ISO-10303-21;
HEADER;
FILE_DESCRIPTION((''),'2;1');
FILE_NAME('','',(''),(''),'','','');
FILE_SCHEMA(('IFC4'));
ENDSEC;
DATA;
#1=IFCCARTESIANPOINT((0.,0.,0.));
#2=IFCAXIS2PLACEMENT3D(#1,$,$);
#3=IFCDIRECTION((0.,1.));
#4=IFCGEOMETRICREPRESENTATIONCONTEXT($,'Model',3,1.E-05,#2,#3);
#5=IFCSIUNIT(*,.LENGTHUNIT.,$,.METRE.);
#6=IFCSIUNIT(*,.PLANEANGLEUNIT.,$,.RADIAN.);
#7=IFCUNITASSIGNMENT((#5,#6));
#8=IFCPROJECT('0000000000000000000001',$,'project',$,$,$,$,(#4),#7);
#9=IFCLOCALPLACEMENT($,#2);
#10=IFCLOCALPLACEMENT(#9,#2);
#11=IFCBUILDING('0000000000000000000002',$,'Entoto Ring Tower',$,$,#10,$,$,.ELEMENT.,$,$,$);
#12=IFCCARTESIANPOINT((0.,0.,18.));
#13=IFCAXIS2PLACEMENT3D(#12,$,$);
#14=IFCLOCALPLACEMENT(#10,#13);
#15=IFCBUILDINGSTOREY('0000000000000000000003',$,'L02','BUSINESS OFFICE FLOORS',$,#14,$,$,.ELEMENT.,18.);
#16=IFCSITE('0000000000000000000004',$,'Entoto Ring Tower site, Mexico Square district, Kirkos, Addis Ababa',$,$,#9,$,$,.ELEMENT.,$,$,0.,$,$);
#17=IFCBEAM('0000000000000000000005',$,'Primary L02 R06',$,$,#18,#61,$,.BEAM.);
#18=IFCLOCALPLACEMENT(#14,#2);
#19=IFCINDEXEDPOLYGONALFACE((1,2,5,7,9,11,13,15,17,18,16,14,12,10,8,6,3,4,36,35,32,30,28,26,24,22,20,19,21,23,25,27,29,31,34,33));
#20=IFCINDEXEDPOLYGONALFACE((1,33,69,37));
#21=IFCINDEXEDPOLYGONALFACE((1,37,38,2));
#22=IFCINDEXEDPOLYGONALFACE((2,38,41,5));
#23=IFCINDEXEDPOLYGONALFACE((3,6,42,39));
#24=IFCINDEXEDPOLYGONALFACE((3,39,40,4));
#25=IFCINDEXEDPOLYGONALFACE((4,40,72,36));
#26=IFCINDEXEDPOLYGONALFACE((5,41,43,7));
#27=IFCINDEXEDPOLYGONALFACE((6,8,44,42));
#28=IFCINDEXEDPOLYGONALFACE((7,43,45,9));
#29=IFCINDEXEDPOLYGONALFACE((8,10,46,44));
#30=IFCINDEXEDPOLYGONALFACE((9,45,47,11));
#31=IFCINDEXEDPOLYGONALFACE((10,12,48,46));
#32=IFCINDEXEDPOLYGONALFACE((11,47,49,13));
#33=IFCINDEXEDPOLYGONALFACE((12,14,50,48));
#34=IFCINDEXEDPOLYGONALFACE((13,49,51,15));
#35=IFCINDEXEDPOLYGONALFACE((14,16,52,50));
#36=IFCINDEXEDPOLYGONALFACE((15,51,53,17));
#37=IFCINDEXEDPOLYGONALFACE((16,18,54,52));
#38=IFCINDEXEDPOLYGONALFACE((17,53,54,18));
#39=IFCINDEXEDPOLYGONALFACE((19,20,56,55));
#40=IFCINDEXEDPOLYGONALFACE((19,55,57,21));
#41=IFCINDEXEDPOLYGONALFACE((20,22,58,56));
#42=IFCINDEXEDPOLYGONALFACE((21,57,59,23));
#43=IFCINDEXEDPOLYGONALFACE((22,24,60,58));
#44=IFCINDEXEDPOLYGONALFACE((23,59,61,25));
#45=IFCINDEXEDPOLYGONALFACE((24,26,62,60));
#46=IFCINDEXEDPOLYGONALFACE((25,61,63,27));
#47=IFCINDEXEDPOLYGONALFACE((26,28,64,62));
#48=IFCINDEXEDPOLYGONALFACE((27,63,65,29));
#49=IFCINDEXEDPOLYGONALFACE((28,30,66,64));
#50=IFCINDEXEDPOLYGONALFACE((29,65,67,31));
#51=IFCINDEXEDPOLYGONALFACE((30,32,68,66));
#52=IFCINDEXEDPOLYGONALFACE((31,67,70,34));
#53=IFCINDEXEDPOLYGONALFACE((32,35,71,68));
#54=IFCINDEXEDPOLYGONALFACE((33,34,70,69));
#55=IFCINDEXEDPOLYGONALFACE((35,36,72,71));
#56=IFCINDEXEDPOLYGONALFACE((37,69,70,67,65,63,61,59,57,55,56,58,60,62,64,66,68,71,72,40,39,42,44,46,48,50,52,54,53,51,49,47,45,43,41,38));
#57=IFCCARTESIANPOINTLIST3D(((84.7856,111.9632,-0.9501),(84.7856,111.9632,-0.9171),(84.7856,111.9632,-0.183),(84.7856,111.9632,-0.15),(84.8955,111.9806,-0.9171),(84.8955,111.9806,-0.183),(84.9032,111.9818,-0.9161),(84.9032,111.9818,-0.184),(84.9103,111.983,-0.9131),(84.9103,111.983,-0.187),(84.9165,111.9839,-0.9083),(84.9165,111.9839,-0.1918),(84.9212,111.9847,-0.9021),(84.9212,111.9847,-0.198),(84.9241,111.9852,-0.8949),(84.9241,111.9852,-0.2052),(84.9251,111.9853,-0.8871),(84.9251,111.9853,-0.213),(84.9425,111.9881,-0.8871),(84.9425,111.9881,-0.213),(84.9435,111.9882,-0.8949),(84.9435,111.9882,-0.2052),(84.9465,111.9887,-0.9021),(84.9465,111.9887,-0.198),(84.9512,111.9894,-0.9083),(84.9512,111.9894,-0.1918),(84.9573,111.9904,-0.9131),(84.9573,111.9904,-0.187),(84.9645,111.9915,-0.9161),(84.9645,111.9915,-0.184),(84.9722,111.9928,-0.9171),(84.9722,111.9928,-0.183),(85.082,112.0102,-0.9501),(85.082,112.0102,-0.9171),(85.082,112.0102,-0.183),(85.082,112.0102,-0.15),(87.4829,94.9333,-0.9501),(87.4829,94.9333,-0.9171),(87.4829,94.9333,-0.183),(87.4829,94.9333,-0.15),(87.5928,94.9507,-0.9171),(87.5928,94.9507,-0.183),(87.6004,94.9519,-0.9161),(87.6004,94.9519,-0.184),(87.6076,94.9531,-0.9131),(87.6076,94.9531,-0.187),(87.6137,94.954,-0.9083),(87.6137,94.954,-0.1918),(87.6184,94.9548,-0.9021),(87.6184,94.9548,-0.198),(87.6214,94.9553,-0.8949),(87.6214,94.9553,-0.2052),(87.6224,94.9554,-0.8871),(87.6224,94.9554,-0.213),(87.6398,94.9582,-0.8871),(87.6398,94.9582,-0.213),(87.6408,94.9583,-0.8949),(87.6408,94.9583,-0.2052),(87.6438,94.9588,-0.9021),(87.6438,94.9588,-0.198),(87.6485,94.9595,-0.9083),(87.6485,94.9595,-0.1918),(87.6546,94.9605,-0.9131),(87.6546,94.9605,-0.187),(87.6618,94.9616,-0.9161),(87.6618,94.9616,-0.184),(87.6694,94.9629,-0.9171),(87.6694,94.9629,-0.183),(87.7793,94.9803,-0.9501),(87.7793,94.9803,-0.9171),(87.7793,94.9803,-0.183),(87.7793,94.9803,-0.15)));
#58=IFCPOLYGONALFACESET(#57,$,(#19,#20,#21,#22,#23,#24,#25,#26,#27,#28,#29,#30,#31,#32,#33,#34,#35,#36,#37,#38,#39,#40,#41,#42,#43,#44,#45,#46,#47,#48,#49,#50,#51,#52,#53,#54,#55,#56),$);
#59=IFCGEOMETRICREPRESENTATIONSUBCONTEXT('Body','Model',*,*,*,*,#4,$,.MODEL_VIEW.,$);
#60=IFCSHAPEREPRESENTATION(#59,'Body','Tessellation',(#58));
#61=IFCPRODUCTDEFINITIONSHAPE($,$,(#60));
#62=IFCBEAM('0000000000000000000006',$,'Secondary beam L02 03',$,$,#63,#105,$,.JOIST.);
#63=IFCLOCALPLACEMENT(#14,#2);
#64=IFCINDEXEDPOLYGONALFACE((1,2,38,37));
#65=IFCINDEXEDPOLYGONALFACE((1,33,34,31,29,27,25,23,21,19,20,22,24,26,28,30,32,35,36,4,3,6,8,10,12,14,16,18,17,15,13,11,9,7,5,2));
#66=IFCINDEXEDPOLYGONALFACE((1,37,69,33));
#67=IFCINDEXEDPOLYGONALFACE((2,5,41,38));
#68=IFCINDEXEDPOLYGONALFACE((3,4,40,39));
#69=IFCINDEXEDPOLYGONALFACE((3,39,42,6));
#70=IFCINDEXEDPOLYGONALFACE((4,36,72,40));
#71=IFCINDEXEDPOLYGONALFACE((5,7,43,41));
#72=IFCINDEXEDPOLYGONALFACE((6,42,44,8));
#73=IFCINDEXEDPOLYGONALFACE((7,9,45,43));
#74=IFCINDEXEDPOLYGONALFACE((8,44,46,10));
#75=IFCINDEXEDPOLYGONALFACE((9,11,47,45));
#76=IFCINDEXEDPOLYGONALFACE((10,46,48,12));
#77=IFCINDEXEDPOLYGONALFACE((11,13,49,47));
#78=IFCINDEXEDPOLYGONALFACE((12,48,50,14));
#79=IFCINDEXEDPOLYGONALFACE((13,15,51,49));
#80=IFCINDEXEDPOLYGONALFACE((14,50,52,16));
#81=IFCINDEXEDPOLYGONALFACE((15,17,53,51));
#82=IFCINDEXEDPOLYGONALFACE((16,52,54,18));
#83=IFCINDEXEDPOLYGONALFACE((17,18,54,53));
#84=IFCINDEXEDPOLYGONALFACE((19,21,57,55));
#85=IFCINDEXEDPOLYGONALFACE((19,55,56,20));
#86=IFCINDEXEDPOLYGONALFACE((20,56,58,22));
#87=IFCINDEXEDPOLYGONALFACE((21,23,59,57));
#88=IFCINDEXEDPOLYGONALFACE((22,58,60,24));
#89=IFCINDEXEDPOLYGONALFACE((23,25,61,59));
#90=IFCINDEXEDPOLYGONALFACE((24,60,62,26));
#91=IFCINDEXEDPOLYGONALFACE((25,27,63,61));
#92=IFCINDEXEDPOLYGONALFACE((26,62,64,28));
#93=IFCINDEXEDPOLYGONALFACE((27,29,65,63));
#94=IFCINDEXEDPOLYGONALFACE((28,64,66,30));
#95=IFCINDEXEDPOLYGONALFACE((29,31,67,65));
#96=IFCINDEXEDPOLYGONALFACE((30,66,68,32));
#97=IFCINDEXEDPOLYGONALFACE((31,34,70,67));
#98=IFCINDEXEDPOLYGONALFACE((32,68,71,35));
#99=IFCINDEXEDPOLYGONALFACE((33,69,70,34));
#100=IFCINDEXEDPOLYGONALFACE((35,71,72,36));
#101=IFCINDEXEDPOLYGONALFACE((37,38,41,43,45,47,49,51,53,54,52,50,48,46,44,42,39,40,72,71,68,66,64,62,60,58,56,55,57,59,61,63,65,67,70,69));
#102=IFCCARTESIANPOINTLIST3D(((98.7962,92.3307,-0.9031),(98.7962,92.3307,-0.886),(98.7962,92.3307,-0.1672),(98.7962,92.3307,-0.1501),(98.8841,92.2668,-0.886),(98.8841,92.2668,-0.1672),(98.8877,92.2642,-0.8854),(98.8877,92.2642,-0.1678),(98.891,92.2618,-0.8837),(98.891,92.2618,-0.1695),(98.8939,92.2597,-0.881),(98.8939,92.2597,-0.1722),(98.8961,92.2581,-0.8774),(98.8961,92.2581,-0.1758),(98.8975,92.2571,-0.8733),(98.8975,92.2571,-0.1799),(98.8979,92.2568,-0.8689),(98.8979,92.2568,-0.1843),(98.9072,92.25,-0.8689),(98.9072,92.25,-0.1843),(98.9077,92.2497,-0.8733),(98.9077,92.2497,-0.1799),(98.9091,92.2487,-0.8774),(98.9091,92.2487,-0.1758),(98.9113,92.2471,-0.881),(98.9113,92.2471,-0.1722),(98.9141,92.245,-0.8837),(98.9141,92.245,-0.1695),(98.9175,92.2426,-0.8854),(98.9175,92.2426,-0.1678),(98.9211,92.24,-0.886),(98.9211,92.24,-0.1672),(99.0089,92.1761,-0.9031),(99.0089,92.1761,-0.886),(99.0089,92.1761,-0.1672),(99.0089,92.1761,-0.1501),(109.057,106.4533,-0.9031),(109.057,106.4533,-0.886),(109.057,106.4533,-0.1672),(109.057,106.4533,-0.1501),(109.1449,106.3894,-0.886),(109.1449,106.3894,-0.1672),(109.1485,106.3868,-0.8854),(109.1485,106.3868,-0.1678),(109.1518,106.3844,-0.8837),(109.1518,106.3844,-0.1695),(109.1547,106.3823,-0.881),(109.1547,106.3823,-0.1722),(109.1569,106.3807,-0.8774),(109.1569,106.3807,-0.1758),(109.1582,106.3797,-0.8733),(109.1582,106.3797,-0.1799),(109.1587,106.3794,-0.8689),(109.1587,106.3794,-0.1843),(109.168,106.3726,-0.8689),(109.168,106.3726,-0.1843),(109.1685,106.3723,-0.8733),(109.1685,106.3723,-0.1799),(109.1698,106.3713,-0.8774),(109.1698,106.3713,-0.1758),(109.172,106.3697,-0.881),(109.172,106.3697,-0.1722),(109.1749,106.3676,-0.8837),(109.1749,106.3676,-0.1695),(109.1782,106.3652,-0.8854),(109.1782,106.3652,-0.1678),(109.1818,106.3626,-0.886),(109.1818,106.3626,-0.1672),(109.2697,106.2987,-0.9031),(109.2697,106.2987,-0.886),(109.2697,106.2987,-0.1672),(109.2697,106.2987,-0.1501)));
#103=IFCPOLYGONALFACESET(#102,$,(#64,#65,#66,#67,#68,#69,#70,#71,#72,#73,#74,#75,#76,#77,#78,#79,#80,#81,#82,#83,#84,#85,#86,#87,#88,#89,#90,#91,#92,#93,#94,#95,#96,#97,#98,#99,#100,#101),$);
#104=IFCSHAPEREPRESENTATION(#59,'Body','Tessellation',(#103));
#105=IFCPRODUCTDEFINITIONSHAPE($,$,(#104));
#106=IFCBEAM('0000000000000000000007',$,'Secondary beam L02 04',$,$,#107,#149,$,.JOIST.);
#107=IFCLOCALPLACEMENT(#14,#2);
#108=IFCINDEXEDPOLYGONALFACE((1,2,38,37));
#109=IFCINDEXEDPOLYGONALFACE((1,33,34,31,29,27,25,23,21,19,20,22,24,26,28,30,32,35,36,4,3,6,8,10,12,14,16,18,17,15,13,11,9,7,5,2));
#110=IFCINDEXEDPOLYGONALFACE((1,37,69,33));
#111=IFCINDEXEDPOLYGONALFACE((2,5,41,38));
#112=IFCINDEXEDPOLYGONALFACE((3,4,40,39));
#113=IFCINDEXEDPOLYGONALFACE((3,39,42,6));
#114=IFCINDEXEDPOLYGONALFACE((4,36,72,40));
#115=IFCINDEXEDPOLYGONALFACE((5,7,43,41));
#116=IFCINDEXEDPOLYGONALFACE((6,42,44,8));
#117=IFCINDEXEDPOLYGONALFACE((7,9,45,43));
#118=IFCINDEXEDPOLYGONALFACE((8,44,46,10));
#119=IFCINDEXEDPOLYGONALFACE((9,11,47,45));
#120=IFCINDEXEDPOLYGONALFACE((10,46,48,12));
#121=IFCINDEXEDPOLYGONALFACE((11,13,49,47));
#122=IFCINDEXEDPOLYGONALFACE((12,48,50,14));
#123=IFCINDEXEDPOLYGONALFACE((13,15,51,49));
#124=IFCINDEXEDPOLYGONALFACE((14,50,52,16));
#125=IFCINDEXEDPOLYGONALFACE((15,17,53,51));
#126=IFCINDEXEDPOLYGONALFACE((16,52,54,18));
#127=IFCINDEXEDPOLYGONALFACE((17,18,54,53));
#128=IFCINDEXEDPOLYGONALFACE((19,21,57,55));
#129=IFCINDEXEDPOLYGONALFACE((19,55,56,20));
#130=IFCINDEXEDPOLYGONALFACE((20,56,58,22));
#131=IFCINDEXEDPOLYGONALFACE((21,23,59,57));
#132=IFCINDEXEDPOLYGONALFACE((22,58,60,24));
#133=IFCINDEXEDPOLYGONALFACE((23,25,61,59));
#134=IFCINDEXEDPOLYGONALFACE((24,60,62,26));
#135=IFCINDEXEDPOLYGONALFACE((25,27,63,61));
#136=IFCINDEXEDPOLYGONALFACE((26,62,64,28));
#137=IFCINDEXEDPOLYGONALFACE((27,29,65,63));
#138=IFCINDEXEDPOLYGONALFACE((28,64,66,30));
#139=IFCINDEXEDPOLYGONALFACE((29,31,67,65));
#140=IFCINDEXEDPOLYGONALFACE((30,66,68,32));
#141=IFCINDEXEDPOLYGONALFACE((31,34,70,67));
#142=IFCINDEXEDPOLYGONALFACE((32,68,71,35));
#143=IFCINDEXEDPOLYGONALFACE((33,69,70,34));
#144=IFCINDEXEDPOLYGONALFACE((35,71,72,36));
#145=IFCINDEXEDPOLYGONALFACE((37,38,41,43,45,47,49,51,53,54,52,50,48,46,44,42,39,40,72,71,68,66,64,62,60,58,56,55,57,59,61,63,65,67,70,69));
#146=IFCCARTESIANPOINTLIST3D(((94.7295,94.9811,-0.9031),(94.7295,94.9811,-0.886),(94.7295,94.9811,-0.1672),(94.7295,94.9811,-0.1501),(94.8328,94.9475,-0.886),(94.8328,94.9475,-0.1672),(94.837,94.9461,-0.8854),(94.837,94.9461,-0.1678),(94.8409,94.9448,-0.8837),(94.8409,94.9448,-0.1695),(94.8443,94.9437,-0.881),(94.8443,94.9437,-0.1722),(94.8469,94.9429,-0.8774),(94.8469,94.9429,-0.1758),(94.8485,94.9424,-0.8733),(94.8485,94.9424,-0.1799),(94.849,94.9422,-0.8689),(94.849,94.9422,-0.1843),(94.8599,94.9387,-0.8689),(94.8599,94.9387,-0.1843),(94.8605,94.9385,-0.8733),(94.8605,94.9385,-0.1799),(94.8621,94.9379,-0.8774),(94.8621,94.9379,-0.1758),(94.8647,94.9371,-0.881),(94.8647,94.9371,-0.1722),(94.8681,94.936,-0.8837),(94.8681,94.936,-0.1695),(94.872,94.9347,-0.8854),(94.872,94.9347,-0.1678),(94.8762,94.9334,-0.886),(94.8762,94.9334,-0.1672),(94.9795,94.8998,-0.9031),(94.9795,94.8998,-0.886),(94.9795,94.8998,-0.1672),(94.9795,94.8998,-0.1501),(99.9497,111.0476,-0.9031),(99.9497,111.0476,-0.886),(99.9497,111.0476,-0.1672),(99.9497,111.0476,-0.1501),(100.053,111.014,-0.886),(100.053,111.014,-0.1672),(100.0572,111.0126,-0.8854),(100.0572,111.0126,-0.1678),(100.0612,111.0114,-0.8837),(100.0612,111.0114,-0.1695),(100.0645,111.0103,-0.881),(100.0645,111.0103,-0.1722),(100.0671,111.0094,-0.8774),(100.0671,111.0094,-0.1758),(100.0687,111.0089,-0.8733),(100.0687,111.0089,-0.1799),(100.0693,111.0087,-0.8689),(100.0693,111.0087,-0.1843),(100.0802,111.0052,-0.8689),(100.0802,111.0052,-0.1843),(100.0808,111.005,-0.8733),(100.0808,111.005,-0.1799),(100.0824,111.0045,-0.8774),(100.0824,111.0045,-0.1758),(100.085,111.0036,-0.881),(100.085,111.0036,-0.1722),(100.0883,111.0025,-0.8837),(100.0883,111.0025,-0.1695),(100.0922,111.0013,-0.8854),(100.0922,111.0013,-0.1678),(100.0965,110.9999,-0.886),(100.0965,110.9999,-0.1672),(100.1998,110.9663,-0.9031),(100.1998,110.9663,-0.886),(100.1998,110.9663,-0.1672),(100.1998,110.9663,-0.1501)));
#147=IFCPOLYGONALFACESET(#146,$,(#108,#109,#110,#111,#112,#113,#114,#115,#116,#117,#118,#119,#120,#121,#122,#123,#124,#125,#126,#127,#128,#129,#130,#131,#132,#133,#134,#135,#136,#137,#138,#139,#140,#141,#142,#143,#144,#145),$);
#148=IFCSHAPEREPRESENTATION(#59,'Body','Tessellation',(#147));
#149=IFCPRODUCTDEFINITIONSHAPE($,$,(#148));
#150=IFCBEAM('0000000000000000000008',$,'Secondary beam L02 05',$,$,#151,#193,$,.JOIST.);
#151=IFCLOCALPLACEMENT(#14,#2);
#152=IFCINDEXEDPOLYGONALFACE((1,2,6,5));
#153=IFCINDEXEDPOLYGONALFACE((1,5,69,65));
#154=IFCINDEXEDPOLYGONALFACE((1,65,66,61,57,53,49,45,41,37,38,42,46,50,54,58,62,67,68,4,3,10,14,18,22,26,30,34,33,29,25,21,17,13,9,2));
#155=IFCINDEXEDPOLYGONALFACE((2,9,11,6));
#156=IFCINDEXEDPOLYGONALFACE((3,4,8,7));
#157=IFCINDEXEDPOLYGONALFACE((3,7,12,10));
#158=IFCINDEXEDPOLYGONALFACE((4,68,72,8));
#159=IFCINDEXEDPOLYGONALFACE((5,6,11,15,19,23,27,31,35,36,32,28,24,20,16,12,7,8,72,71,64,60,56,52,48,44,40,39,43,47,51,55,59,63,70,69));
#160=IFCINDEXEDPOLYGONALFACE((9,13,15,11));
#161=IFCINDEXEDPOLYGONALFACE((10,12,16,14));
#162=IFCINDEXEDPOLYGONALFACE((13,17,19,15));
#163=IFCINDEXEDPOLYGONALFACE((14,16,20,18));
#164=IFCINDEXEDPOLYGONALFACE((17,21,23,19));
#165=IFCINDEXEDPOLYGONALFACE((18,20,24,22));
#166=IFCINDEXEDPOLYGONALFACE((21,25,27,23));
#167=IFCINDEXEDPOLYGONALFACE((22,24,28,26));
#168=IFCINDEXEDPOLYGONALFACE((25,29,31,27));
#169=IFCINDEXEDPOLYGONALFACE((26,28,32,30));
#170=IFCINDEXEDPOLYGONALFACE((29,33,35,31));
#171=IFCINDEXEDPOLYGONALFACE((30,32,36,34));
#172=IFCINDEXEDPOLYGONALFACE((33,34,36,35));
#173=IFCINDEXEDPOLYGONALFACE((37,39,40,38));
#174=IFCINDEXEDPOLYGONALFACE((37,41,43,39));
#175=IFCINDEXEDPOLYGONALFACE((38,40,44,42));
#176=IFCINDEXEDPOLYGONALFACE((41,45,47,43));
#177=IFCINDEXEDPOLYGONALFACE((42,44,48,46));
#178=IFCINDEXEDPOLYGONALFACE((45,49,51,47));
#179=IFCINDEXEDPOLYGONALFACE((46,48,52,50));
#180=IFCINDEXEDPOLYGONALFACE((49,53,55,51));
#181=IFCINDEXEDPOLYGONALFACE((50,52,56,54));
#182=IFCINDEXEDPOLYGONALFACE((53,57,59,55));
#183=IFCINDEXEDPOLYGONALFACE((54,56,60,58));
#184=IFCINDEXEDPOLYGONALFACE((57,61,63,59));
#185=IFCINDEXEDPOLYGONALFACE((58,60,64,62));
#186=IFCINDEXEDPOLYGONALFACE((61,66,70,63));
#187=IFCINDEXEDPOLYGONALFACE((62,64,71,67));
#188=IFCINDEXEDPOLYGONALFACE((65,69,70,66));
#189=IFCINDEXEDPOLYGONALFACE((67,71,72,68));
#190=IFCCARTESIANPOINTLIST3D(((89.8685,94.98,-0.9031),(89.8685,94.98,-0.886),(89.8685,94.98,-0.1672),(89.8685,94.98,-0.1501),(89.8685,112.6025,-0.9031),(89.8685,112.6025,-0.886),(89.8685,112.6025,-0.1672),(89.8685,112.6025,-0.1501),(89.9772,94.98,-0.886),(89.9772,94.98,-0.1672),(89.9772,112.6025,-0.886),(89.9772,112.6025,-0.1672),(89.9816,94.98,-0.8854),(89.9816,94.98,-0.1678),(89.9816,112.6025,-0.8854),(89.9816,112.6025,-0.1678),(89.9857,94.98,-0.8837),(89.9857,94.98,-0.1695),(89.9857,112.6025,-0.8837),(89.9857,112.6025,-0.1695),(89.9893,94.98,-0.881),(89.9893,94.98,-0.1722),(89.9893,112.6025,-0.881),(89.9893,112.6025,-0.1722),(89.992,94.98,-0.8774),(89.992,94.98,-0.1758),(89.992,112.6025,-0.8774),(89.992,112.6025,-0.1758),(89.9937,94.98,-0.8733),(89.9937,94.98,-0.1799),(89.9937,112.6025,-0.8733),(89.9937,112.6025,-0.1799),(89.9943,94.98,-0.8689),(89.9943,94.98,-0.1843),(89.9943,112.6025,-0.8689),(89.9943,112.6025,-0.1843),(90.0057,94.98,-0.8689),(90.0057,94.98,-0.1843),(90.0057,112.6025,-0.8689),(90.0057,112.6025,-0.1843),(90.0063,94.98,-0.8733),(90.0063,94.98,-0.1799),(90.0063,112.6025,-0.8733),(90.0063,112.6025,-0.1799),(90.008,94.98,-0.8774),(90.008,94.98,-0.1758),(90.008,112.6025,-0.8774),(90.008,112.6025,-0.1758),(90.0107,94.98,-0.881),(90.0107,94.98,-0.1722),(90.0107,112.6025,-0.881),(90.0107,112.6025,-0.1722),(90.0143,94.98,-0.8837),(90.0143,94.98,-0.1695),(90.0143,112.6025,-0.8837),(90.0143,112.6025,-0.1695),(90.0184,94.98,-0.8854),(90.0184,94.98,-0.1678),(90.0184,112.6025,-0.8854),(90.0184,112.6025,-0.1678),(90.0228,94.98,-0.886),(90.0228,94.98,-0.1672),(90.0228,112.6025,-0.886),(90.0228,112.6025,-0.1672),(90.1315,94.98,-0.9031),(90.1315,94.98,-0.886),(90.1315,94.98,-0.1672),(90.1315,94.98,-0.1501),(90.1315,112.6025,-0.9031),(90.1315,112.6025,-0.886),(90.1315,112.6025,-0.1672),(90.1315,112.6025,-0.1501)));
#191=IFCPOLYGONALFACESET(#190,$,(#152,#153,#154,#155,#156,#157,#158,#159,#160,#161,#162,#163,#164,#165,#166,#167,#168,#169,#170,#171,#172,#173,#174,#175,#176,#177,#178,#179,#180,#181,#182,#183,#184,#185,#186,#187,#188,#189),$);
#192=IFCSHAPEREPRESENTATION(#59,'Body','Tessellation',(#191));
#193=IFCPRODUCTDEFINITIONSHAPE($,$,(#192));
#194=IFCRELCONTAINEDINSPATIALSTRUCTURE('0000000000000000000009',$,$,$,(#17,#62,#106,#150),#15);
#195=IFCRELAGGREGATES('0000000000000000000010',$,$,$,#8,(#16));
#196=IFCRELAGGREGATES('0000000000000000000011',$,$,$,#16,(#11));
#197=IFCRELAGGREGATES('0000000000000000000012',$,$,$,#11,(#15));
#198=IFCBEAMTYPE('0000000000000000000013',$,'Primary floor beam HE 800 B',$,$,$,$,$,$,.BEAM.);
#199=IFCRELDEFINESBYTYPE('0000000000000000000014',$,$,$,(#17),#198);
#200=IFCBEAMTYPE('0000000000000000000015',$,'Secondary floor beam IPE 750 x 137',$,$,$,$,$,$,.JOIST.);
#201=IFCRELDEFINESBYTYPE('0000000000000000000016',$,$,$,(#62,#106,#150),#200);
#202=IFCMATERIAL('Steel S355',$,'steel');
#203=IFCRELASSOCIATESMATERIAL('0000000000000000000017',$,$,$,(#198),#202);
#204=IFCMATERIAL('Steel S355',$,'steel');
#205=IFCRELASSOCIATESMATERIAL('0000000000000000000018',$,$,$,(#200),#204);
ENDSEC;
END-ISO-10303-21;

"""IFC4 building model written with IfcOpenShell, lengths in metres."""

from ifc_helpers import new_model, si_unit, direction, frame, origin, origin_2d, place, context, subcontext, project, spatial, i_section, extrude, material, material_profile, profile_set, type_object, element, save


model = new_model("IFC4")

# Units and contexts
model_context = context("Model", 3, precision=1e-05, world=origin(), true_north=direction((0.0, 1.0)))
body_context = subcontext(model_context, "Body", "Model", "MODEL_VIEW")
ifc_project = project(units=[si_unit("LENGTHUNIT", "METRE"), si_unit("PLANEANGLEUNIT", "RADIAN")], contexts=[model_context])

# Site, building, storey
site_placement = place(None, origin())
site = spatial("IfcSite", under=ifc_project, at=site_placement, Name="Entoto Ring Tower site, Mexico Square district, Kirkos, Addis Ababa", CompositionType="ELEMENT", RefElevation=0.0)
building_placement = place(site_placement, origin())
building = spatial("IfcBuilding", under=site, at=building_placement, Name="Entoto Ring Tower", CompositionType="ELEMENT")
storey_placement = place(building_placement, frame((0.0, 0.0, 18.0)))
storey = spatial("IfcBuildingStorey", under=building, at=storey_placement, Name="L02", Description="BUSINESS OFFICE FLOORS", CompositionType="ELEMENT", Elevation=18.0)

# Beams
ifc_material_1 = material(Name="Steel S355", Category="steel")
ifc_material_profile_1 = material_profile(ifc_material_1, i_section(OverallWidth=0.3, OverallDepth=0.8, WebThickness=0.0176, FlangeThickness=0.033, FilletRadius=0.03, at=origin_2d()), Name="HE 800 B")
ifc_profile_set_1 = profile_set([ifc_material_profile_1], Name="Steel S355")
beam_type_1 = type_object("IfcBeamType", Name="Primary floor beam HE 800 B", PredefinedType="BEAM", material=ifc_profile_set_1)
for number, where, z_axis, x_axis, name in (
    (1, (87.6311, 94.9568, -0.55), (-0.156435, 0.987688, 0.0), (-0.987688, -0.156435, 0.0), "Primary L02 R06"),
):
    element("IfcBeam", number, at=place(storey_placement, frame(where, z_axis=z_axis, x_axis=x_axis)), inside=storey, type_object=beam_type_1, Name=name, PredefinedType="BEAM", context=body_context, shape_type="SweptSolid", body=[
        extrude(i_section(OverallWidth=0.3, OverallDepth=0.8, WebThickness=0.0176, FlangeThickness=0.033, FilletRadius=0.03, at=origin_2d()), origin(), (0.0, 0.0, 1.0), 17.2422),
    ])
ifc_material_2 = material(Name="Steel S355", Category="steel")
ifc_material_profile_2 = material_profile(ifc_material_2, i_section(OverallWidth=0.2629, OverallDepth=0.7529, WebThickness=0.0115, FlangeThickness=0.0171, FilletRadius=0.0171, at=origin_2d()), Name="IPE 750 x 137")
ifc_profile_set_2 = profile_set([ifc_material_profile_2], Name="Steel S355")
beam_type_2 = type_object("IfcBeamType", Name="Secondary floor beam IPE 750 x 137", PredefinedType="JOIST", material=ifc_profile_set_2)
beam_1_placement = place(storey_placement, frame((98.9026, 92.2534, -0.5266), z_axis=(0.587789, 0.809014, 0.0), x_axis=(-0.809014, 0.587789, 0.0)))
element("IfcBeam", 2, at=beam_1_placement, inside=storey, type_object=beam_type_2, Name="Secondary beam L02 03", PredefinedType="JOIST", context=body_context, shape_type="SweptSolid", body=[
    extrude(i_section(OverallWidth=0.2629, OverallDepth=0.7529, WebThickness=0.0115, FlangeThickness=0.0171, FilletRadius=0.0171, at=origin_2d()), origin(), (0.0, 0.0, 1.0), 17.4565),
])
beam_2_placement = place(storey_placement, frame((94.8545, 94.9404, -0.5266), z_axis=(0.309013, 0.951058, 0.0), x_axis=(-0.951058, 0.309013, 0.0)))
element("IfcBeam", 3, at=beam_2_placement, inside=storey, type_object=beam_type_2, Name="Secondary beam L02 04", PredefinedType="JOIST", context=body_context, shape_type="SweptSolid", body=[
    extrude(i_section(OverallWidth=0.2629, OverallDepth=0.7529, WebThickness=0.0115, FlangeThickness=0.0171, FilletRadius=0.0171, at=origin_2d()), origin(), (0.0, 0.0, 1.0), 16.8933),
])
beam_3_placement = place(storey_placement, frame((90.0, 94.98, -0.5266), z_axis=(0.0, 1.0, 0.0), x_axis=(-1.0, 0.0, 0.0)))
element("IfcBeam", 4, at=beam_3_placement, inside=storey, type_object=beam_type_2, Name="Secondary beam L02 05", PredefinedType="JOIST", context=body_context, shape_type="SweptSolid", body=[
    extrude(i_section(OverallWidth=0.2629, OverallDepth=0.7529, WebThickness=0.0115, FlangeThickness=0.0171, FilletRadius=0.0171, at=origin_2d()), origin(), (0.0, 0.0, 1.0), 17.6226),
])

save(model, "model.ifc")
